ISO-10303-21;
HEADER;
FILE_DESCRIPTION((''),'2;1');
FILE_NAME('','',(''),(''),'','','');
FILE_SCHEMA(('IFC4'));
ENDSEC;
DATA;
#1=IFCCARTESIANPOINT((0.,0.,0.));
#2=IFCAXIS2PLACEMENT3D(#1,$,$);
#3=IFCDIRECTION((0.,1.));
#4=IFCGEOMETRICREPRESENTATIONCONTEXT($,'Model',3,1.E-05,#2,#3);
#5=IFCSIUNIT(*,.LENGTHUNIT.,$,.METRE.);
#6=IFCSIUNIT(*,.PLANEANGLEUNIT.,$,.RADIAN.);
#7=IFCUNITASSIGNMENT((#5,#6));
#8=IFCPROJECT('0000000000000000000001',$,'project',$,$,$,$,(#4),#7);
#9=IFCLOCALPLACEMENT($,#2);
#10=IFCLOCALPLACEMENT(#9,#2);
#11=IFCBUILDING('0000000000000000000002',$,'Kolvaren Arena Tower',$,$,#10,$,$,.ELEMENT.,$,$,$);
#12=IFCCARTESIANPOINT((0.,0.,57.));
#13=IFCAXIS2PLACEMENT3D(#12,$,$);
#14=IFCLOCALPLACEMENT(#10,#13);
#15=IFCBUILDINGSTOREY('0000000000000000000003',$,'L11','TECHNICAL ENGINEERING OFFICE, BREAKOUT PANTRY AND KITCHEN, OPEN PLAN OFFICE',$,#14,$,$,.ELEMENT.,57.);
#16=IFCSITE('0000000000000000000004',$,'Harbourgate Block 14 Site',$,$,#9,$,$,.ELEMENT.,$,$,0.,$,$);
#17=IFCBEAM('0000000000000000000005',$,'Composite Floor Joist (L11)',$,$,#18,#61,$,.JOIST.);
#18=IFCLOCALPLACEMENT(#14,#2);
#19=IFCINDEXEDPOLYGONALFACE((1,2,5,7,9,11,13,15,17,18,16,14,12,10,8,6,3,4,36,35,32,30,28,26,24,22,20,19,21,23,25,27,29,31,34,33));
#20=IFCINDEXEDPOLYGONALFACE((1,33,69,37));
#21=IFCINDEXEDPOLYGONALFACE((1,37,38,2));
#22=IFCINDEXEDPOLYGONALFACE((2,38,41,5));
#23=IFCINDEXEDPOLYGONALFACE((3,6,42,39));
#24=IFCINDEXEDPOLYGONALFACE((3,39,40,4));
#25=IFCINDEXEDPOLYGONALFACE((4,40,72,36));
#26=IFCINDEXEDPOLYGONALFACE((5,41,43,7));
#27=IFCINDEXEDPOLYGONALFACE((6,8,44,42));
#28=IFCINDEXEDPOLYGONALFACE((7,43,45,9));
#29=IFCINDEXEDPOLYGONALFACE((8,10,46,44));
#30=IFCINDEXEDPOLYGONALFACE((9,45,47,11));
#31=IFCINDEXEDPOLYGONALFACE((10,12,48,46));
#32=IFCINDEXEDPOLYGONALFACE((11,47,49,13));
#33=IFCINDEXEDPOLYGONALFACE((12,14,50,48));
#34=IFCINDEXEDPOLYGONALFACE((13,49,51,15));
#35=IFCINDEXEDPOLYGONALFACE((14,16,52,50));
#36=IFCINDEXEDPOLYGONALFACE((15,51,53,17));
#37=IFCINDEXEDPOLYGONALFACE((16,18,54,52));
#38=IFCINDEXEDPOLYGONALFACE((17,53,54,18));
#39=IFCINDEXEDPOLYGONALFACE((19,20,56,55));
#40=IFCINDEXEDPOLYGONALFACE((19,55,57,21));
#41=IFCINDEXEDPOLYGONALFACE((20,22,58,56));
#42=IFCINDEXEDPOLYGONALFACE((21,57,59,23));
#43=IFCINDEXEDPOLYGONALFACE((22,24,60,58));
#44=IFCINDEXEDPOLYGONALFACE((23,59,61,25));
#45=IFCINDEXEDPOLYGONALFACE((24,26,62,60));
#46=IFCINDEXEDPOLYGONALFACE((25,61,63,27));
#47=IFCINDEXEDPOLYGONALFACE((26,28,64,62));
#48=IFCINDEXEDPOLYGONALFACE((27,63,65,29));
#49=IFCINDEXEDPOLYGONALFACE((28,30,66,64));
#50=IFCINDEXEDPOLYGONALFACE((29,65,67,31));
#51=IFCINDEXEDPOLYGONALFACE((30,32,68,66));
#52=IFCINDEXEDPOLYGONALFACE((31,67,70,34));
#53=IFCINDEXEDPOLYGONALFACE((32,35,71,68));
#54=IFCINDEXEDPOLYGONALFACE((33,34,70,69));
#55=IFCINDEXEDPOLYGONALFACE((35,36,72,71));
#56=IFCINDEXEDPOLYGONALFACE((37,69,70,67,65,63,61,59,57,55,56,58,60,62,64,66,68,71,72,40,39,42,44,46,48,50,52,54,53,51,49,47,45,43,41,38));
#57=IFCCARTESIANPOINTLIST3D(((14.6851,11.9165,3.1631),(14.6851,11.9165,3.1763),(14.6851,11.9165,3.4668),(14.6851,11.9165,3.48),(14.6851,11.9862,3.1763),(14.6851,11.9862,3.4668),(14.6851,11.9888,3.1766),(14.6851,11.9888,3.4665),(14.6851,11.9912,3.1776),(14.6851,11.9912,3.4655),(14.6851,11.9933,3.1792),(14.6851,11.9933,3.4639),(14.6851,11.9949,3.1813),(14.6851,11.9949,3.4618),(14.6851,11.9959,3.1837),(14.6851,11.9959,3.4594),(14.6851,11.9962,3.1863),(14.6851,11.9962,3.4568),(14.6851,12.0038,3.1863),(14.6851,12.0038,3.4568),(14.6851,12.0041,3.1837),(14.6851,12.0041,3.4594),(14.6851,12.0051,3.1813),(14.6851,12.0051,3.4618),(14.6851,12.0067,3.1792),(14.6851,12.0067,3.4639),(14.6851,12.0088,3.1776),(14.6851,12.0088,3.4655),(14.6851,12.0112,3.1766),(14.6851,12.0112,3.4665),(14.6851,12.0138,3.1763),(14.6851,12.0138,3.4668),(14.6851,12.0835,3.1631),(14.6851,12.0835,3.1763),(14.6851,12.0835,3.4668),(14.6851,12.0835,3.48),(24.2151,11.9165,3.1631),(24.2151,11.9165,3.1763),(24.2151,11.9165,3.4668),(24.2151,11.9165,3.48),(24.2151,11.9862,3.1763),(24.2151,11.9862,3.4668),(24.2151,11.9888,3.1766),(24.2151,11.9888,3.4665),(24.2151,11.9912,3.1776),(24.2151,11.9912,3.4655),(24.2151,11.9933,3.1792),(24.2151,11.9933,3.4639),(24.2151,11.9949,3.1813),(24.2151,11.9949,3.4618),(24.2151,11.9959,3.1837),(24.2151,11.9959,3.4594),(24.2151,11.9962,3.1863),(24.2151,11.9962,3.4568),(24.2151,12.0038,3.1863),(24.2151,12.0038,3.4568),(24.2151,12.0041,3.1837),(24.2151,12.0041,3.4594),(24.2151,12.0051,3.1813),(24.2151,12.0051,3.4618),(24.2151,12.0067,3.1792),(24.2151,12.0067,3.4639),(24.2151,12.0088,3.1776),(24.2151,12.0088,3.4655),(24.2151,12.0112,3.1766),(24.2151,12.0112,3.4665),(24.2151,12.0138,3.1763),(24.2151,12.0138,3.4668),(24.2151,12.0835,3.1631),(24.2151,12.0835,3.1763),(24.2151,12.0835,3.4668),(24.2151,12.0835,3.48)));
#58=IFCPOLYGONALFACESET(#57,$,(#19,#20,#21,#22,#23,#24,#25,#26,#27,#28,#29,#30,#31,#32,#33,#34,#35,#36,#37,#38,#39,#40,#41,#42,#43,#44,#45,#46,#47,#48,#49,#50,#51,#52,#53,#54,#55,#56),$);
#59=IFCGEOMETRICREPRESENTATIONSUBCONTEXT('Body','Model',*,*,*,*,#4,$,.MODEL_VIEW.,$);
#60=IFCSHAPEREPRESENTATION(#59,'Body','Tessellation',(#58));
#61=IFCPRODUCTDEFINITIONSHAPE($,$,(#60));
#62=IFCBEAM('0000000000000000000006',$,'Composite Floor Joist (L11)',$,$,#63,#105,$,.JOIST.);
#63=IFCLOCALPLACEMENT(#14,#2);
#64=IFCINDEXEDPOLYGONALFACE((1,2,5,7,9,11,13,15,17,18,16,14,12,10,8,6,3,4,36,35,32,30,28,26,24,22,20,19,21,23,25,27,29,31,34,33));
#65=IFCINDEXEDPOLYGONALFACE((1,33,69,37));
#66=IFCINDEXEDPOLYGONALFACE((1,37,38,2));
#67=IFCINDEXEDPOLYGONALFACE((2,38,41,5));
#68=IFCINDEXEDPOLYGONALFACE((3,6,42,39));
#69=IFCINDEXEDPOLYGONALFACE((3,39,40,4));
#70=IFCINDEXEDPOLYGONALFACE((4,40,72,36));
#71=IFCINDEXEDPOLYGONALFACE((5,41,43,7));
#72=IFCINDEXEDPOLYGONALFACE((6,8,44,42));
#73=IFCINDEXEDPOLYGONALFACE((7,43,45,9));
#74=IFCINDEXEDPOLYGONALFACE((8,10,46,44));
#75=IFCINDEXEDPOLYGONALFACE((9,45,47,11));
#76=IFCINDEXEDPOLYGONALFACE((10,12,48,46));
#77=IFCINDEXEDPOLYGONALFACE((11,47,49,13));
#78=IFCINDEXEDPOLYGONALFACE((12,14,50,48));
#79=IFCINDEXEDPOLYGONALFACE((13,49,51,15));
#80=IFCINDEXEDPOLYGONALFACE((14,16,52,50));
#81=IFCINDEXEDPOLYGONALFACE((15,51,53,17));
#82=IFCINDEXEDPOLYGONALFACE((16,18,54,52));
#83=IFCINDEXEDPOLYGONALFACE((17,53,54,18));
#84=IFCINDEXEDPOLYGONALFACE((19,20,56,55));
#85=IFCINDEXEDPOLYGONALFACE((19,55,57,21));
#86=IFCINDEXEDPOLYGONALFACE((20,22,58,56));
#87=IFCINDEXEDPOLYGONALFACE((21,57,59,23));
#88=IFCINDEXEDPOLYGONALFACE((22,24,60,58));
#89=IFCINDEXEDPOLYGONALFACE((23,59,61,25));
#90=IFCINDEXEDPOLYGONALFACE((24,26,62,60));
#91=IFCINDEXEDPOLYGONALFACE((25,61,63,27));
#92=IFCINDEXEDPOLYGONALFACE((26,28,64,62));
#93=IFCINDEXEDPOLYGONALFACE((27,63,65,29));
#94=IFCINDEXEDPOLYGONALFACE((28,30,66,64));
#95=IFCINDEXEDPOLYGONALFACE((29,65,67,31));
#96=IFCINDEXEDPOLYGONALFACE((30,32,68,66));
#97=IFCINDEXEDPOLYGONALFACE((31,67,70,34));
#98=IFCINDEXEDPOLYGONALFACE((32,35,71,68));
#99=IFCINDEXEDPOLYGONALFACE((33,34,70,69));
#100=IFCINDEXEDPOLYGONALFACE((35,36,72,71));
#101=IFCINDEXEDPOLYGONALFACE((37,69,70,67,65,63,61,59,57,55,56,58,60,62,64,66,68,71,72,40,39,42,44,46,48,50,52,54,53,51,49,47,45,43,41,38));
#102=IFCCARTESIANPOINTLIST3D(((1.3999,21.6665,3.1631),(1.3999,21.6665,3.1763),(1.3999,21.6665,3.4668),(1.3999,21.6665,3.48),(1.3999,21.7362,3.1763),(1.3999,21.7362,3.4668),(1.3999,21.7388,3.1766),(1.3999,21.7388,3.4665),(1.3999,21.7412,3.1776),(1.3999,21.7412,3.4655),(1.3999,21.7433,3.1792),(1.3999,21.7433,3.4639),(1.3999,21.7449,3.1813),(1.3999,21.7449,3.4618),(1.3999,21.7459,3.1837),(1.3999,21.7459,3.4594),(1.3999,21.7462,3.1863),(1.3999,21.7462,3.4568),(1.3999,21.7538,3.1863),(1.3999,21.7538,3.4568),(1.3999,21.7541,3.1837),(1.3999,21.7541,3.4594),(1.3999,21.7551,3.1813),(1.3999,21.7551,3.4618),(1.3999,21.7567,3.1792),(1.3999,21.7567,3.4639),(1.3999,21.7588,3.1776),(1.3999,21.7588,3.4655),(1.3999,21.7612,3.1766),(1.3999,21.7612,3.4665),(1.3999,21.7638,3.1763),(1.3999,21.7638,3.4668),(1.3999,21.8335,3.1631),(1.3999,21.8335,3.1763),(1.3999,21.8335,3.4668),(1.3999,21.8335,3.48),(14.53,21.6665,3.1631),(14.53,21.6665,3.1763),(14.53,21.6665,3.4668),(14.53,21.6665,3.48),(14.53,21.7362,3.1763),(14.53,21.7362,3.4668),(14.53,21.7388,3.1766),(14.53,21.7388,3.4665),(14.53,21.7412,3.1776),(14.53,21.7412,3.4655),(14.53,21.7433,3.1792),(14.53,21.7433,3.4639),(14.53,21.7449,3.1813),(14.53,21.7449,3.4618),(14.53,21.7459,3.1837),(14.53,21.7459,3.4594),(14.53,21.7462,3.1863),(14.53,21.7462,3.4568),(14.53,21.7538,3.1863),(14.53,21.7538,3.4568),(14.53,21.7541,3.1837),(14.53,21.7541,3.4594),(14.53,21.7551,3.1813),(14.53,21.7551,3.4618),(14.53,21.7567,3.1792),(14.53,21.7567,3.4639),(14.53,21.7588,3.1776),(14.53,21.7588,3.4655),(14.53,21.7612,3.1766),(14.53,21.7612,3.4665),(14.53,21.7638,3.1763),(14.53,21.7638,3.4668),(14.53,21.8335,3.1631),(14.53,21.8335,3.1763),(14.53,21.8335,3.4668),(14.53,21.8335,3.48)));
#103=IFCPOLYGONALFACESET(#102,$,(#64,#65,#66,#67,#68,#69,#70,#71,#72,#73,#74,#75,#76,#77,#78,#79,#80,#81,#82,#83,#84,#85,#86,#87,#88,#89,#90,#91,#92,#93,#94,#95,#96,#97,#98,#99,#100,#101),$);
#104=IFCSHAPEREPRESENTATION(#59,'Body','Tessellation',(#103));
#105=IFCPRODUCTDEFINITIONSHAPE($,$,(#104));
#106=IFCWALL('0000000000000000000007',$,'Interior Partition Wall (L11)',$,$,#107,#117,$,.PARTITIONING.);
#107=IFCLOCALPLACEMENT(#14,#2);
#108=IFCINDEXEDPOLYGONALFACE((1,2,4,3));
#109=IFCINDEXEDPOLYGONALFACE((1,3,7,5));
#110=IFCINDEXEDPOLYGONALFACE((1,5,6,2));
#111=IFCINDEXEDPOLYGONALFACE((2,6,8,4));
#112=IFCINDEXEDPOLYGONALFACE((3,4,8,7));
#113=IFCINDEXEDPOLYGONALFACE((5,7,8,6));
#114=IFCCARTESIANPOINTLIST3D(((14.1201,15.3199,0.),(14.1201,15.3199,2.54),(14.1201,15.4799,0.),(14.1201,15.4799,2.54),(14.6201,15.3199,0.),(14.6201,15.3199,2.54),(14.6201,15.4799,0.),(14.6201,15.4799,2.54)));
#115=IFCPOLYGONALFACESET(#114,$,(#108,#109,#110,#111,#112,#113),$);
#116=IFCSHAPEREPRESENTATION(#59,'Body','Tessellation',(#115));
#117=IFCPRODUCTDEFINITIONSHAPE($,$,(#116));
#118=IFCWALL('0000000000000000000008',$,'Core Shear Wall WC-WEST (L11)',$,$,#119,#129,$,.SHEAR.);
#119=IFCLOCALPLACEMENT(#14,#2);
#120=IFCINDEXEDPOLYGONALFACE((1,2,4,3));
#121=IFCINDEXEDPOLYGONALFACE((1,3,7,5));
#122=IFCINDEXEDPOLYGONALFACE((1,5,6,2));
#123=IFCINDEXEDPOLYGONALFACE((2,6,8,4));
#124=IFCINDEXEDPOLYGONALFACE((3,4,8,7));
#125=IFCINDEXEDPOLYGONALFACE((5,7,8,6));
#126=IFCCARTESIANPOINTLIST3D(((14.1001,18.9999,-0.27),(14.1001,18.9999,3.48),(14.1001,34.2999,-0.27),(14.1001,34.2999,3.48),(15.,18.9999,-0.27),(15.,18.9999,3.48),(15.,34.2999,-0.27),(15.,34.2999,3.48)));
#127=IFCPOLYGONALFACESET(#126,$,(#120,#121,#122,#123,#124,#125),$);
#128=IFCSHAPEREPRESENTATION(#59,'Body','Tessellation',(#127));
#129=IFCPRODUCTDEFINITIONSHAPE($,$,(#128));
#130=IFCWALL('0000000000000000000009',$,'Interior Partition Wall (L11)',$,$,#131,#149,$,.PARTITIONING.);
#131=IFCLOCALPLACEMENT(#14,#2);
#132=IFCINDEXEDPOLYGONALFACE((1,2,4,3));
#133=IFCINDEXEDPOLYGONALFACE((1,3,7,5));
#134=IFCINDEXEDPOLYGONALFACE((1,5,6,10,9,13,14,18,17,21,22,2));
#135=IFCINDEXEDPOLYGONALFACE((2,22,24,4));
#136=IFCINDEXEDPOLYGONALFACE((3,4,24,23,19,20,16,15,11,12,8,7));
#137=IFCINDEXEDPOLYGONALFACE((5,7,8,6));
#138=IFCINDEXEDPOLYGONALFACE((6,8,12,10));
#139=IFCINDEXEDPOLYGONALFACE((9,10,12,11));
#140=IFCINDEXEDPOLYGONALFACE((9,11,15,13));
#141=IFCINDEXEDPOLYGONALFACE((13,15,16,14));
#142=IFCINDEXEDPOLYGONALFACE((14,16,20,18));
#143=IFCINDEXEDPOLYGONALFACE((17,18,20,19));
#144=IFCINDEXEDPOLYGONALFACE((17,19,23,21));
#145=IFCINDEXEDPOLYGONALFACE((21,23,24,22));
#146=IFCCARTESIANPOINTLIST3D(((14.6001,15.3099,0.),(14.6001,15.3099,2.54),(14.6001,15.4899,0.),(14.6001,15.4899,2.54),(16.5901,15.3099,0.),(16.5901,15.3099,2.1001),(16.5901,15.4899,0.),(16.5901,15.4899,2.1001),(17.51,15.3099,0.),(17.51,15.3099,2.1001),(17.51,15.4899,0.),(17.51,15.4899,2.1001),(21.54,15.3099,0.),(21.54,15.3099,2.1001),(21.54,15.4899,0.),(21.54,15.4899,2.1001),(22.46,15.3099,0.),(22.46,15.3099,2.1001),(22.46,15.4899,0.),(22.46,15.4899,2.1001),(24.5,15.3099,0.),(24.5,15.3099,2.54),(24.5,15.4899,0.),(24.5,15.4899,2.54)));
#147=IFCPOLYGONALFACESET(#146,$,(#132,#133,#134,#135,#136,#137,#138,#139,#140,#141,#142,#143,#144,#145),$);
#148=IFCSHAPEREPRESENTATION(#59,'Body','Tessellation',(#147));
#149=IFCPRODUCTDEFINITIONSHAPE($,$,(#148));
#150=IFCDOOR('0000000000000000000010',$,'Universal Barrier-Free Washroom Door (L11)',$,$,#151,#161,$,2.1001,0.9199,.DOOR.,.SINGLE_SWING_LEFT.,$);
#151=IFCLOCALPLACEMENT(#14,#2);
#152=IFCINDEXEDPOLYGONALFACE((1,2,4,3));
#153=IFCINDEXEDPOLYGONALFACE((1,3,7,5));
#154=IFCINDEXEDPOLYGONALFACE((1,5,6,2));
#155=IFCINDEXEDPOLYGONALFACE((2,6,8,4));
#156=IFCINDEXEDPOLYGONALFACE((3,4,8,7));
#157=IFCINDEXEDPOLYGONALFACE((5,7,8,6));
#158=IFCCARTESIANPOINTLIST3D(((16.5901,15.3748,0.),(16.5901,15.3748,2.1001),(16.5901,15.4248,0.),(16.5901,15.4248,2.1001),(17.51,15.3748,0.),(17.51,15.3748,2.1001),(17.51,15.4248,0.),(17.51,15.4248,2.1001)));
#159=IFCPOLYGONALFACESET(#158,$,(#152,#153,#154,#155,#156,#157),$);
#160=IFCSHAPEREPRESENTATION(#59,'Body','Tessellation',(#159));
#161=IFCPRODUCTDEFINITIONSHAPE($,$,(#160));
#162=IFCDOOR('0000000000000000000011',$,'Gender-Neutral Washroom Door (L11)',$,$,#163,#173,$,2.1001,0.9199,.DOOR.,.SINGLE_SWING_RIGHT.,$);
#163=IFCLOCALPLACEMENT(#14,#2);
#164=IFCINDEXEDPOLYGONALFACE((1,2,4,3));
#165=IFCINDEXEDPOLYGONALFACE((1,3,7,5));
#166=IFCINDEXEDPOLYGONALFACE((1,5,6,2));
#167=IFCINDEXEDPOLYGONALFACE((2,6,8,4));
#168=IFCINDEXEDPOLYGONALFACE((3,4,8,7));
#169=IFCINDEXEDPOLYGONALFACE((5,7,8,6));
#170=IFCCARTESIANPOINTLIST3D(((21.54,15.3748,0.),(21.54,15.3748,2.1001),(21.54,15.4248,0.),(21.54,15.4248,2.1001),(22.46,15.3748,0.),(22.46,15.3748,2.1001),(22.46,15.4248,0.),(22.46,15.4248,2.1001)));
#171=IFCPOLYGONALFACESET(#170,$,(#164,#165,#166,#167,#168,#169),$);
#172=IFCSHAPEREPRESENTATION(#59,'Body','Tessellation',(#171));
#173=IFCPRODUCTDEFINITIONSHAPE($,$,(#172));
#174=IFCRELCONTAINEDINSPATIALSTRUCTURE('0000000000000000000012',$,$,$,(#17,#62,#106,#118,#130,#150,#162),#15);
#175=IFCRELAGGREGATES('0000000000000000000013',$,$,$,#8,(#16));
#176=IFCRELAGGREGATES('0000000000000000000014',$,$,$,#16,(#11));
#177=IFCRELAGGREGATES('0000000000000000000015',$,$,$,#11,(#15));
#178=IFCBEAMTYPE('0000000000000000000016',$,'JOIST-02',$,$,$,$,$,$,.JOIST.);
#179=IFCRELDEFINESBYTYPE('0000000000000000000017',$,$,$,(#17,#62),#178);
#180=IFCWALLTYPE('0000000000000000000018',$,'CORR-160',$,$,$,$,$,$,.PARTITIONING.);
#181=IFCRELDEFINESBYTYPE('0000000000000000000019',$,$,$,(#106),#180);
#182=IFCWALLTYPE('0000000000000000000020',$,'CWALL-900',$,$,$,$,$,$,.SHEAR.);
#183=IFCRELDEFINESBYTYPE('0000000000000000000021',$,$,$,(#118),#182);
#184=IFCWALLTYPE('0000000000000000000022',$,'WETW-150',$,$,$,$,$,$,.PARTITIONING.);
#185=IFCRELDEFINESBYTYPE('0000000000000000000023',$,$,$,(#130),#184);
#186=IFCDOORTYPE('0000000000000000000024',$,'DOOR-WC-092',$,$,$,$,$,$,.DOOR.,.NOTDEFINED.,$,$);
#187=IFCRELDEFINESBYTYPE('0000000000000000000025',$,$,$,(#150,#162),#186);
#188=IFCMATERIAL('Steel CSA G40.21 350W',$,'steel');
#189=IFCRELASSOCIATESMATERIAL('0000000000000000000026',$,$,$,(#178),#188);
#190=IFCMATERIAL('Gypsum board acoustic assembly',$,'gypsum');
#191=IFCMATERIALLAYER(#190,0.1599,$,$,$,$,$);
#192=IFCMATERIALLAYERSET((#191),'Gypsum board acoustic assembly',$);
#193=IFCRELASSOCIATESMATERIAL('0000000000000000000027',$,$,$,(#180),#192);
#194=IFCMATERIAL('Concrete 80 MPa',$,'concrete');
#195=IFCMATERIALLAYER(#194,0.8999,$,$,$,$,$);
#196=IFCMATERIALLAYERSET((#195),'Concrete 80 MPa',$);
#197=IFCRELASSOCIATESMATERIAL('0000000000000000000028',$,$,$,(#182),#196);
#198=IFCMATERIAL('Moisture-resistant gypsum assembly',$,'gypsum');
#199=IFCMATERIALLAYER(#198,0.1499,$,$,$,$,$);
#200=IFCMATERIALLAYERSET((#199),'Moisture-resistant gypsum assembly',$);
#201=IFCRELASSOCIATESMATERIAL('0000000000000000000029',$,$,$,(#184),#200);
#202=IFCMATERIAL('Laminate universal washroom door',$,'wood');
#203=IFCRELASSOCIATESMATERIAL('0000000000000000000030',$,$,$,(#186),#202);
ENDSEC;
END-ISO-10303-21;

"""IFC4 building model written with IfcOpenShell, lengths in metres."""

from ifc_helpers import new_model, si_unit, direction, frame, frame_2d, origin, origin_2d, place, context, subcontext, project, spatial, rectangle, i_section, extrude, material, layer, layer_set, material_profile, profile_set, type_object, element, fill, save


model = new_model("IFC4")

# Units and contexts
model_context = context("Model", 3, precision=1e-05, world=origin(), true_north=direction((0.0, 1.0)))
body_context = subcontext(model_context, "Body", "Model", "MODEL_VIEW")
ifc_project = project(units=[si_unit("LENGTHUNIT", "METRE"), si_unit("PLANEANGLEUNIT", "RADIAN")], contexts=[model_context])

# Site, building, storey
site_placement = place(None, origin())
site = spatial("IfcSite", under=ifc_project, at=site_placement, Name="Harbourgate Block 14 Site", CompositionType="ELEMENT", RefElevation=0.0)
building_placement = place(site_placement, origin())
building = spatial("IfcBuilding", under=site, at=building_placement, Name="Kolvaren Arena Tower", CompositionType="ELEMENT")
storey_placement = place(building_placement, frame((0.0, 0.0, 57.0)))
storey = spatial("IfcBuildingStorey", under=building, at=storey_placement, Name="L11", Description="TECHNICAL ENGINEERING OFFICE, BREAKOUT PANTRY AND KITCHEN, OPEN PLAN OFFICE", CompositionType="ELEMENT", Elevation=57.0)

# Beams
ifc_material_1 = material(Name="Steel CSA G40.21 350W", Category="steel")
ifc_material_profile_1 = material_profile(ifc_material_1, i_section(OverallWidth=0.167, OverallDepth=0.3169, WebThickness=0.0076, FlangeThickness=0.0132, FilletRadius=0.01, at=origin_2d()), Name="W310x52")
ifc_profile_set_1 = profile_set([ifc_material_profile_1], Name="Steel CSA G40.21 350W")
beam_type_1 = type_object("IfcBeamType", Name="JOIST-02", PredefinedType="JOIST", material=ifc_profile_set_1)
beam_1_placement = place(storey_placement, frame((14.6851, 12.0, 3.3215), z_axis=(1.0, 0.0, 0.0), x_axis=(0.0, 1.0, 0.0)))
element("IfcBeam", 1, at=beam_1_placement, inside=storey, type_object=beam_type_1, Name="Composite Floor Joist (L11)", PredefinedType="JOIST", context=body_context, shape_type="SweptSolid", body=[
    extrude(i_section(OverallWidth=0.167, OverallDepth=0.3169, WebThickness=0.0076, FlangeThickness=0.0132, FilletRadius=0.01, at=origin_2d()), origin(), (0.0, 0.0, 1.0), 9.53),
])
beam_2_placement = place(storey_placement, frame((1.3999, 21.75, 3.3215), z_axis=(1.0, 0.0, 0.0), x_axis=(0.0, 1.0, 0.0)))
element("IfcBeam", 2, at=beam_2_placement, inside=storey, type_object=beam_type_1, Name="Composite Floor Joist (L11)", PredefinedType="JOIST", context=body_context, shape_type="SweptSolid", body=[
    extrude(i_section(OverallWidth=0.167, OverallDepth=0.3169, WebThickness=0.0076, FlangeThickness=0.0132, FilletRadius=0.01, at=origin_2d()), origin(), (0.0, 0.0, 1.0), 13.1301),
])

# Shared definitions
ifc_material_2 = material(Name="Gypsum board acoustic assembly", Category="gypsum")
ifc_layer_1 = layer(ifc_material_2, 0.1599)
ifc_layer_set_1 = layer_set([ifc_layer_1], Name="Gypsum board acoustic assembly")
wall_type_1 = type_object("IfcWallType", Name="CORR-160", PredefinedType="PARTITIONING", material=ifc_layer_set_1)

# Walls
wall_1_placement = place(storey_placement, frame((14.1201, 15.3999, 0.0), z_axis=(0.0, 0.0, 1.0), x_axis=(1.0, 0.0, 0.0)))
element("IfcWall", 3, at=wall_1_placement, inside=storey, type_object=wall_type_1, Name="Interior Partition Wall (L11)", PredefinedType="PARTITIONING", context=body_context, shape_type="SweptSolid", body=[
    extrude(rectangle(XDim=0.5, YDim=0.1599, at=frame_2d((0.25, 0.0))), origin(), (0.0, 0.0, 1.0), 2.54),
])
ifc_material_3 = material(Name="Concrete 80 MPa", Category="concrete")
ifc_layer_2 = layer(ifc_material_3, 0.8999)
ifc_layer_set_2 = layer_set([ifc_layer_2], Name="Concrete 80 MPa")
wall_type_2 = type_object("IfcWallType", Name="CWALL-900", PredefinedType="SHEAR", material=ifc_layer_set_2)
wall_2_placement = place(storey_placement, frame((14.55, 19.0, -0.27), z_axis=(0.0, 0.0, 1.0), x_axis=(0.0, 1.0, 0.0)))
element("IfcWall", 4, at=wall_2_placement, inside=storey, type_object=wall_type_2, Name="Core Shear Wall WC-WEST (L11)", PredefinedType="SHEAR", context=body_context, shape_type="SweptSolid", body=[
    extrude(rectangle(XDim=15.3, YDim=0.8999, at=frame_2d((7.6499, 0.0))), origin(), (0.0, 0.0, 1.0), 3.75),
])

# Wall, openings, doors
ifc_material_4 = material(Name="Moisture-resistant gypsum assembly", Category="gypsum")
ifc_layer_3 = layer(ifc_material_4, 0.1499)
ifc_layer_set_3 = layer_set([ifc_layer_3], Name="Moisture-resistant gypsum assembly")
wall_type_3 = type_object("IfcWallType", Name="WETW-150", PredefinedType="PARTITIONING", material=ifc_layer_set_3)
wall_3_placement = place(storey_placement, frame((14.6001, 15.3999, 0.0), z_axis=(0.0, 0.0, 1.0), x_axis=(1.0, 0.0, 0.0)))
wall_3 = element("IfcWall", 5, at=wall_3_placement, inside=storey, type_object=wall_type_3, Name="Interior Partition Wall (L11)", PredefinedType="PARTITIONING", context=body_context, shape_type="SweptSolid", body=[
    extrude(rectangle(XDim=9.8999, YDim=0.1799, at=frame_2d((4.95, 0.0))), origin(), (0.0, 0.0, 1.0), 2.54),
])
opening_1_placement = place(wall_3_placement, frame((1.99, 0.0, 0.0)))
opening_1 = element("IfcOpeningElement", 6, at=opening_1_placement, cuts=wall_3, PredefinedType="OPENING", context=body_context, shape_type="SweptSolid", body=[
    extrude(rectangle(XDim=0.9199, YDim=2.1001, at=frame_2d((0.46, 1.05))), frame((0.0, 0.0999, 0.0), z_axis=(0.0, -1.0, 0.0), x_axis=(1.0, 0.0, 0.0)), (0.0, 0.0, 1.0), 0.2),
])
opening_2_placement = place(wall_3_placement, frame((6.9399, 0.0, 0.0)))
opening_2 = element("IfcOpeningElement", 7, at=opening_2_placement, cuts=wall_3, PredefinedType="OPENING", context=body_context, shape_type="SweptSolid", body=[
    extrude(rectangle(XDim=0.9199, YDim=2.1001, at=frame_2d((0.46, 1.05))), frame((0.0, 0.0999, 0.0), z_axis=(0.0, -1.0, 0.0), x_axis=(1.0, 0.0, 0.0)), (0.0, 0.0, 1.0), 0.2),
])
ifc_material_5 = material(Name="Laminate universal washroom door", Category="wood")
door_type_1 = type_object("IfcDoorType", Name="DOOR-WC-092", OperationType="NOTDEFINED", PredefinedType="DOOR", material=ifc_material_5)
door_1_placement = place(opening_1_placement, origin())
door_1 = element("IfcDoor", 8, at=door_1_placement, inside=storey, type_object=door_type_1, Name="Universal Barrier-Free Washroom Door (L11)", OperationType="SINGLE_SWING_LEFT", OverallHeight=2.1001, OverallWidth=0.9199, PredefinedType="DOOR", context=body_context, shape_type="SweptSolid", body=[
    extrude(rectangle(XDim=0.9199, YDim=2.1001, at=frame_2d((0.46, 1.05))), frame((0.0, 0.0249, 0.0), z_axis=(0.0, -1.0, 0.0), x_axis=(1.0, 0.0, 0.0)), (0.0, 0.0, 1.0), 0.05),
])
fill(opening_1, door_1)
door_2_placement = place(opening_2_placement, origin())
door_2 = element("IfcDoor", 9, at=door_2_placement, inside=storey, type_object=door_type_1, Name="Gender-Neutral Washroom Door (L11)", OperationType="SINGLE_SWING_RIGHT", OverallHeight=2.1001, OverallWidth=0.9199, PredefinedType="DOOR", context=body_context, shape_type="SweptSolid", body=[
    extrude(rectangle(XDim=0.9199, YDim=2.1001, at=frame_2d((0.46, 1.05))), frame((0.0, 0.0249, 0.0), z_axis=(0.0, -1.0, 0.0), x_axis=(1.0, 0.0, 0.0)), (0.0, 0.0, 1.0), 0.05),
])
fill(opening_2, door_2)

save(model, "model.ifc")
